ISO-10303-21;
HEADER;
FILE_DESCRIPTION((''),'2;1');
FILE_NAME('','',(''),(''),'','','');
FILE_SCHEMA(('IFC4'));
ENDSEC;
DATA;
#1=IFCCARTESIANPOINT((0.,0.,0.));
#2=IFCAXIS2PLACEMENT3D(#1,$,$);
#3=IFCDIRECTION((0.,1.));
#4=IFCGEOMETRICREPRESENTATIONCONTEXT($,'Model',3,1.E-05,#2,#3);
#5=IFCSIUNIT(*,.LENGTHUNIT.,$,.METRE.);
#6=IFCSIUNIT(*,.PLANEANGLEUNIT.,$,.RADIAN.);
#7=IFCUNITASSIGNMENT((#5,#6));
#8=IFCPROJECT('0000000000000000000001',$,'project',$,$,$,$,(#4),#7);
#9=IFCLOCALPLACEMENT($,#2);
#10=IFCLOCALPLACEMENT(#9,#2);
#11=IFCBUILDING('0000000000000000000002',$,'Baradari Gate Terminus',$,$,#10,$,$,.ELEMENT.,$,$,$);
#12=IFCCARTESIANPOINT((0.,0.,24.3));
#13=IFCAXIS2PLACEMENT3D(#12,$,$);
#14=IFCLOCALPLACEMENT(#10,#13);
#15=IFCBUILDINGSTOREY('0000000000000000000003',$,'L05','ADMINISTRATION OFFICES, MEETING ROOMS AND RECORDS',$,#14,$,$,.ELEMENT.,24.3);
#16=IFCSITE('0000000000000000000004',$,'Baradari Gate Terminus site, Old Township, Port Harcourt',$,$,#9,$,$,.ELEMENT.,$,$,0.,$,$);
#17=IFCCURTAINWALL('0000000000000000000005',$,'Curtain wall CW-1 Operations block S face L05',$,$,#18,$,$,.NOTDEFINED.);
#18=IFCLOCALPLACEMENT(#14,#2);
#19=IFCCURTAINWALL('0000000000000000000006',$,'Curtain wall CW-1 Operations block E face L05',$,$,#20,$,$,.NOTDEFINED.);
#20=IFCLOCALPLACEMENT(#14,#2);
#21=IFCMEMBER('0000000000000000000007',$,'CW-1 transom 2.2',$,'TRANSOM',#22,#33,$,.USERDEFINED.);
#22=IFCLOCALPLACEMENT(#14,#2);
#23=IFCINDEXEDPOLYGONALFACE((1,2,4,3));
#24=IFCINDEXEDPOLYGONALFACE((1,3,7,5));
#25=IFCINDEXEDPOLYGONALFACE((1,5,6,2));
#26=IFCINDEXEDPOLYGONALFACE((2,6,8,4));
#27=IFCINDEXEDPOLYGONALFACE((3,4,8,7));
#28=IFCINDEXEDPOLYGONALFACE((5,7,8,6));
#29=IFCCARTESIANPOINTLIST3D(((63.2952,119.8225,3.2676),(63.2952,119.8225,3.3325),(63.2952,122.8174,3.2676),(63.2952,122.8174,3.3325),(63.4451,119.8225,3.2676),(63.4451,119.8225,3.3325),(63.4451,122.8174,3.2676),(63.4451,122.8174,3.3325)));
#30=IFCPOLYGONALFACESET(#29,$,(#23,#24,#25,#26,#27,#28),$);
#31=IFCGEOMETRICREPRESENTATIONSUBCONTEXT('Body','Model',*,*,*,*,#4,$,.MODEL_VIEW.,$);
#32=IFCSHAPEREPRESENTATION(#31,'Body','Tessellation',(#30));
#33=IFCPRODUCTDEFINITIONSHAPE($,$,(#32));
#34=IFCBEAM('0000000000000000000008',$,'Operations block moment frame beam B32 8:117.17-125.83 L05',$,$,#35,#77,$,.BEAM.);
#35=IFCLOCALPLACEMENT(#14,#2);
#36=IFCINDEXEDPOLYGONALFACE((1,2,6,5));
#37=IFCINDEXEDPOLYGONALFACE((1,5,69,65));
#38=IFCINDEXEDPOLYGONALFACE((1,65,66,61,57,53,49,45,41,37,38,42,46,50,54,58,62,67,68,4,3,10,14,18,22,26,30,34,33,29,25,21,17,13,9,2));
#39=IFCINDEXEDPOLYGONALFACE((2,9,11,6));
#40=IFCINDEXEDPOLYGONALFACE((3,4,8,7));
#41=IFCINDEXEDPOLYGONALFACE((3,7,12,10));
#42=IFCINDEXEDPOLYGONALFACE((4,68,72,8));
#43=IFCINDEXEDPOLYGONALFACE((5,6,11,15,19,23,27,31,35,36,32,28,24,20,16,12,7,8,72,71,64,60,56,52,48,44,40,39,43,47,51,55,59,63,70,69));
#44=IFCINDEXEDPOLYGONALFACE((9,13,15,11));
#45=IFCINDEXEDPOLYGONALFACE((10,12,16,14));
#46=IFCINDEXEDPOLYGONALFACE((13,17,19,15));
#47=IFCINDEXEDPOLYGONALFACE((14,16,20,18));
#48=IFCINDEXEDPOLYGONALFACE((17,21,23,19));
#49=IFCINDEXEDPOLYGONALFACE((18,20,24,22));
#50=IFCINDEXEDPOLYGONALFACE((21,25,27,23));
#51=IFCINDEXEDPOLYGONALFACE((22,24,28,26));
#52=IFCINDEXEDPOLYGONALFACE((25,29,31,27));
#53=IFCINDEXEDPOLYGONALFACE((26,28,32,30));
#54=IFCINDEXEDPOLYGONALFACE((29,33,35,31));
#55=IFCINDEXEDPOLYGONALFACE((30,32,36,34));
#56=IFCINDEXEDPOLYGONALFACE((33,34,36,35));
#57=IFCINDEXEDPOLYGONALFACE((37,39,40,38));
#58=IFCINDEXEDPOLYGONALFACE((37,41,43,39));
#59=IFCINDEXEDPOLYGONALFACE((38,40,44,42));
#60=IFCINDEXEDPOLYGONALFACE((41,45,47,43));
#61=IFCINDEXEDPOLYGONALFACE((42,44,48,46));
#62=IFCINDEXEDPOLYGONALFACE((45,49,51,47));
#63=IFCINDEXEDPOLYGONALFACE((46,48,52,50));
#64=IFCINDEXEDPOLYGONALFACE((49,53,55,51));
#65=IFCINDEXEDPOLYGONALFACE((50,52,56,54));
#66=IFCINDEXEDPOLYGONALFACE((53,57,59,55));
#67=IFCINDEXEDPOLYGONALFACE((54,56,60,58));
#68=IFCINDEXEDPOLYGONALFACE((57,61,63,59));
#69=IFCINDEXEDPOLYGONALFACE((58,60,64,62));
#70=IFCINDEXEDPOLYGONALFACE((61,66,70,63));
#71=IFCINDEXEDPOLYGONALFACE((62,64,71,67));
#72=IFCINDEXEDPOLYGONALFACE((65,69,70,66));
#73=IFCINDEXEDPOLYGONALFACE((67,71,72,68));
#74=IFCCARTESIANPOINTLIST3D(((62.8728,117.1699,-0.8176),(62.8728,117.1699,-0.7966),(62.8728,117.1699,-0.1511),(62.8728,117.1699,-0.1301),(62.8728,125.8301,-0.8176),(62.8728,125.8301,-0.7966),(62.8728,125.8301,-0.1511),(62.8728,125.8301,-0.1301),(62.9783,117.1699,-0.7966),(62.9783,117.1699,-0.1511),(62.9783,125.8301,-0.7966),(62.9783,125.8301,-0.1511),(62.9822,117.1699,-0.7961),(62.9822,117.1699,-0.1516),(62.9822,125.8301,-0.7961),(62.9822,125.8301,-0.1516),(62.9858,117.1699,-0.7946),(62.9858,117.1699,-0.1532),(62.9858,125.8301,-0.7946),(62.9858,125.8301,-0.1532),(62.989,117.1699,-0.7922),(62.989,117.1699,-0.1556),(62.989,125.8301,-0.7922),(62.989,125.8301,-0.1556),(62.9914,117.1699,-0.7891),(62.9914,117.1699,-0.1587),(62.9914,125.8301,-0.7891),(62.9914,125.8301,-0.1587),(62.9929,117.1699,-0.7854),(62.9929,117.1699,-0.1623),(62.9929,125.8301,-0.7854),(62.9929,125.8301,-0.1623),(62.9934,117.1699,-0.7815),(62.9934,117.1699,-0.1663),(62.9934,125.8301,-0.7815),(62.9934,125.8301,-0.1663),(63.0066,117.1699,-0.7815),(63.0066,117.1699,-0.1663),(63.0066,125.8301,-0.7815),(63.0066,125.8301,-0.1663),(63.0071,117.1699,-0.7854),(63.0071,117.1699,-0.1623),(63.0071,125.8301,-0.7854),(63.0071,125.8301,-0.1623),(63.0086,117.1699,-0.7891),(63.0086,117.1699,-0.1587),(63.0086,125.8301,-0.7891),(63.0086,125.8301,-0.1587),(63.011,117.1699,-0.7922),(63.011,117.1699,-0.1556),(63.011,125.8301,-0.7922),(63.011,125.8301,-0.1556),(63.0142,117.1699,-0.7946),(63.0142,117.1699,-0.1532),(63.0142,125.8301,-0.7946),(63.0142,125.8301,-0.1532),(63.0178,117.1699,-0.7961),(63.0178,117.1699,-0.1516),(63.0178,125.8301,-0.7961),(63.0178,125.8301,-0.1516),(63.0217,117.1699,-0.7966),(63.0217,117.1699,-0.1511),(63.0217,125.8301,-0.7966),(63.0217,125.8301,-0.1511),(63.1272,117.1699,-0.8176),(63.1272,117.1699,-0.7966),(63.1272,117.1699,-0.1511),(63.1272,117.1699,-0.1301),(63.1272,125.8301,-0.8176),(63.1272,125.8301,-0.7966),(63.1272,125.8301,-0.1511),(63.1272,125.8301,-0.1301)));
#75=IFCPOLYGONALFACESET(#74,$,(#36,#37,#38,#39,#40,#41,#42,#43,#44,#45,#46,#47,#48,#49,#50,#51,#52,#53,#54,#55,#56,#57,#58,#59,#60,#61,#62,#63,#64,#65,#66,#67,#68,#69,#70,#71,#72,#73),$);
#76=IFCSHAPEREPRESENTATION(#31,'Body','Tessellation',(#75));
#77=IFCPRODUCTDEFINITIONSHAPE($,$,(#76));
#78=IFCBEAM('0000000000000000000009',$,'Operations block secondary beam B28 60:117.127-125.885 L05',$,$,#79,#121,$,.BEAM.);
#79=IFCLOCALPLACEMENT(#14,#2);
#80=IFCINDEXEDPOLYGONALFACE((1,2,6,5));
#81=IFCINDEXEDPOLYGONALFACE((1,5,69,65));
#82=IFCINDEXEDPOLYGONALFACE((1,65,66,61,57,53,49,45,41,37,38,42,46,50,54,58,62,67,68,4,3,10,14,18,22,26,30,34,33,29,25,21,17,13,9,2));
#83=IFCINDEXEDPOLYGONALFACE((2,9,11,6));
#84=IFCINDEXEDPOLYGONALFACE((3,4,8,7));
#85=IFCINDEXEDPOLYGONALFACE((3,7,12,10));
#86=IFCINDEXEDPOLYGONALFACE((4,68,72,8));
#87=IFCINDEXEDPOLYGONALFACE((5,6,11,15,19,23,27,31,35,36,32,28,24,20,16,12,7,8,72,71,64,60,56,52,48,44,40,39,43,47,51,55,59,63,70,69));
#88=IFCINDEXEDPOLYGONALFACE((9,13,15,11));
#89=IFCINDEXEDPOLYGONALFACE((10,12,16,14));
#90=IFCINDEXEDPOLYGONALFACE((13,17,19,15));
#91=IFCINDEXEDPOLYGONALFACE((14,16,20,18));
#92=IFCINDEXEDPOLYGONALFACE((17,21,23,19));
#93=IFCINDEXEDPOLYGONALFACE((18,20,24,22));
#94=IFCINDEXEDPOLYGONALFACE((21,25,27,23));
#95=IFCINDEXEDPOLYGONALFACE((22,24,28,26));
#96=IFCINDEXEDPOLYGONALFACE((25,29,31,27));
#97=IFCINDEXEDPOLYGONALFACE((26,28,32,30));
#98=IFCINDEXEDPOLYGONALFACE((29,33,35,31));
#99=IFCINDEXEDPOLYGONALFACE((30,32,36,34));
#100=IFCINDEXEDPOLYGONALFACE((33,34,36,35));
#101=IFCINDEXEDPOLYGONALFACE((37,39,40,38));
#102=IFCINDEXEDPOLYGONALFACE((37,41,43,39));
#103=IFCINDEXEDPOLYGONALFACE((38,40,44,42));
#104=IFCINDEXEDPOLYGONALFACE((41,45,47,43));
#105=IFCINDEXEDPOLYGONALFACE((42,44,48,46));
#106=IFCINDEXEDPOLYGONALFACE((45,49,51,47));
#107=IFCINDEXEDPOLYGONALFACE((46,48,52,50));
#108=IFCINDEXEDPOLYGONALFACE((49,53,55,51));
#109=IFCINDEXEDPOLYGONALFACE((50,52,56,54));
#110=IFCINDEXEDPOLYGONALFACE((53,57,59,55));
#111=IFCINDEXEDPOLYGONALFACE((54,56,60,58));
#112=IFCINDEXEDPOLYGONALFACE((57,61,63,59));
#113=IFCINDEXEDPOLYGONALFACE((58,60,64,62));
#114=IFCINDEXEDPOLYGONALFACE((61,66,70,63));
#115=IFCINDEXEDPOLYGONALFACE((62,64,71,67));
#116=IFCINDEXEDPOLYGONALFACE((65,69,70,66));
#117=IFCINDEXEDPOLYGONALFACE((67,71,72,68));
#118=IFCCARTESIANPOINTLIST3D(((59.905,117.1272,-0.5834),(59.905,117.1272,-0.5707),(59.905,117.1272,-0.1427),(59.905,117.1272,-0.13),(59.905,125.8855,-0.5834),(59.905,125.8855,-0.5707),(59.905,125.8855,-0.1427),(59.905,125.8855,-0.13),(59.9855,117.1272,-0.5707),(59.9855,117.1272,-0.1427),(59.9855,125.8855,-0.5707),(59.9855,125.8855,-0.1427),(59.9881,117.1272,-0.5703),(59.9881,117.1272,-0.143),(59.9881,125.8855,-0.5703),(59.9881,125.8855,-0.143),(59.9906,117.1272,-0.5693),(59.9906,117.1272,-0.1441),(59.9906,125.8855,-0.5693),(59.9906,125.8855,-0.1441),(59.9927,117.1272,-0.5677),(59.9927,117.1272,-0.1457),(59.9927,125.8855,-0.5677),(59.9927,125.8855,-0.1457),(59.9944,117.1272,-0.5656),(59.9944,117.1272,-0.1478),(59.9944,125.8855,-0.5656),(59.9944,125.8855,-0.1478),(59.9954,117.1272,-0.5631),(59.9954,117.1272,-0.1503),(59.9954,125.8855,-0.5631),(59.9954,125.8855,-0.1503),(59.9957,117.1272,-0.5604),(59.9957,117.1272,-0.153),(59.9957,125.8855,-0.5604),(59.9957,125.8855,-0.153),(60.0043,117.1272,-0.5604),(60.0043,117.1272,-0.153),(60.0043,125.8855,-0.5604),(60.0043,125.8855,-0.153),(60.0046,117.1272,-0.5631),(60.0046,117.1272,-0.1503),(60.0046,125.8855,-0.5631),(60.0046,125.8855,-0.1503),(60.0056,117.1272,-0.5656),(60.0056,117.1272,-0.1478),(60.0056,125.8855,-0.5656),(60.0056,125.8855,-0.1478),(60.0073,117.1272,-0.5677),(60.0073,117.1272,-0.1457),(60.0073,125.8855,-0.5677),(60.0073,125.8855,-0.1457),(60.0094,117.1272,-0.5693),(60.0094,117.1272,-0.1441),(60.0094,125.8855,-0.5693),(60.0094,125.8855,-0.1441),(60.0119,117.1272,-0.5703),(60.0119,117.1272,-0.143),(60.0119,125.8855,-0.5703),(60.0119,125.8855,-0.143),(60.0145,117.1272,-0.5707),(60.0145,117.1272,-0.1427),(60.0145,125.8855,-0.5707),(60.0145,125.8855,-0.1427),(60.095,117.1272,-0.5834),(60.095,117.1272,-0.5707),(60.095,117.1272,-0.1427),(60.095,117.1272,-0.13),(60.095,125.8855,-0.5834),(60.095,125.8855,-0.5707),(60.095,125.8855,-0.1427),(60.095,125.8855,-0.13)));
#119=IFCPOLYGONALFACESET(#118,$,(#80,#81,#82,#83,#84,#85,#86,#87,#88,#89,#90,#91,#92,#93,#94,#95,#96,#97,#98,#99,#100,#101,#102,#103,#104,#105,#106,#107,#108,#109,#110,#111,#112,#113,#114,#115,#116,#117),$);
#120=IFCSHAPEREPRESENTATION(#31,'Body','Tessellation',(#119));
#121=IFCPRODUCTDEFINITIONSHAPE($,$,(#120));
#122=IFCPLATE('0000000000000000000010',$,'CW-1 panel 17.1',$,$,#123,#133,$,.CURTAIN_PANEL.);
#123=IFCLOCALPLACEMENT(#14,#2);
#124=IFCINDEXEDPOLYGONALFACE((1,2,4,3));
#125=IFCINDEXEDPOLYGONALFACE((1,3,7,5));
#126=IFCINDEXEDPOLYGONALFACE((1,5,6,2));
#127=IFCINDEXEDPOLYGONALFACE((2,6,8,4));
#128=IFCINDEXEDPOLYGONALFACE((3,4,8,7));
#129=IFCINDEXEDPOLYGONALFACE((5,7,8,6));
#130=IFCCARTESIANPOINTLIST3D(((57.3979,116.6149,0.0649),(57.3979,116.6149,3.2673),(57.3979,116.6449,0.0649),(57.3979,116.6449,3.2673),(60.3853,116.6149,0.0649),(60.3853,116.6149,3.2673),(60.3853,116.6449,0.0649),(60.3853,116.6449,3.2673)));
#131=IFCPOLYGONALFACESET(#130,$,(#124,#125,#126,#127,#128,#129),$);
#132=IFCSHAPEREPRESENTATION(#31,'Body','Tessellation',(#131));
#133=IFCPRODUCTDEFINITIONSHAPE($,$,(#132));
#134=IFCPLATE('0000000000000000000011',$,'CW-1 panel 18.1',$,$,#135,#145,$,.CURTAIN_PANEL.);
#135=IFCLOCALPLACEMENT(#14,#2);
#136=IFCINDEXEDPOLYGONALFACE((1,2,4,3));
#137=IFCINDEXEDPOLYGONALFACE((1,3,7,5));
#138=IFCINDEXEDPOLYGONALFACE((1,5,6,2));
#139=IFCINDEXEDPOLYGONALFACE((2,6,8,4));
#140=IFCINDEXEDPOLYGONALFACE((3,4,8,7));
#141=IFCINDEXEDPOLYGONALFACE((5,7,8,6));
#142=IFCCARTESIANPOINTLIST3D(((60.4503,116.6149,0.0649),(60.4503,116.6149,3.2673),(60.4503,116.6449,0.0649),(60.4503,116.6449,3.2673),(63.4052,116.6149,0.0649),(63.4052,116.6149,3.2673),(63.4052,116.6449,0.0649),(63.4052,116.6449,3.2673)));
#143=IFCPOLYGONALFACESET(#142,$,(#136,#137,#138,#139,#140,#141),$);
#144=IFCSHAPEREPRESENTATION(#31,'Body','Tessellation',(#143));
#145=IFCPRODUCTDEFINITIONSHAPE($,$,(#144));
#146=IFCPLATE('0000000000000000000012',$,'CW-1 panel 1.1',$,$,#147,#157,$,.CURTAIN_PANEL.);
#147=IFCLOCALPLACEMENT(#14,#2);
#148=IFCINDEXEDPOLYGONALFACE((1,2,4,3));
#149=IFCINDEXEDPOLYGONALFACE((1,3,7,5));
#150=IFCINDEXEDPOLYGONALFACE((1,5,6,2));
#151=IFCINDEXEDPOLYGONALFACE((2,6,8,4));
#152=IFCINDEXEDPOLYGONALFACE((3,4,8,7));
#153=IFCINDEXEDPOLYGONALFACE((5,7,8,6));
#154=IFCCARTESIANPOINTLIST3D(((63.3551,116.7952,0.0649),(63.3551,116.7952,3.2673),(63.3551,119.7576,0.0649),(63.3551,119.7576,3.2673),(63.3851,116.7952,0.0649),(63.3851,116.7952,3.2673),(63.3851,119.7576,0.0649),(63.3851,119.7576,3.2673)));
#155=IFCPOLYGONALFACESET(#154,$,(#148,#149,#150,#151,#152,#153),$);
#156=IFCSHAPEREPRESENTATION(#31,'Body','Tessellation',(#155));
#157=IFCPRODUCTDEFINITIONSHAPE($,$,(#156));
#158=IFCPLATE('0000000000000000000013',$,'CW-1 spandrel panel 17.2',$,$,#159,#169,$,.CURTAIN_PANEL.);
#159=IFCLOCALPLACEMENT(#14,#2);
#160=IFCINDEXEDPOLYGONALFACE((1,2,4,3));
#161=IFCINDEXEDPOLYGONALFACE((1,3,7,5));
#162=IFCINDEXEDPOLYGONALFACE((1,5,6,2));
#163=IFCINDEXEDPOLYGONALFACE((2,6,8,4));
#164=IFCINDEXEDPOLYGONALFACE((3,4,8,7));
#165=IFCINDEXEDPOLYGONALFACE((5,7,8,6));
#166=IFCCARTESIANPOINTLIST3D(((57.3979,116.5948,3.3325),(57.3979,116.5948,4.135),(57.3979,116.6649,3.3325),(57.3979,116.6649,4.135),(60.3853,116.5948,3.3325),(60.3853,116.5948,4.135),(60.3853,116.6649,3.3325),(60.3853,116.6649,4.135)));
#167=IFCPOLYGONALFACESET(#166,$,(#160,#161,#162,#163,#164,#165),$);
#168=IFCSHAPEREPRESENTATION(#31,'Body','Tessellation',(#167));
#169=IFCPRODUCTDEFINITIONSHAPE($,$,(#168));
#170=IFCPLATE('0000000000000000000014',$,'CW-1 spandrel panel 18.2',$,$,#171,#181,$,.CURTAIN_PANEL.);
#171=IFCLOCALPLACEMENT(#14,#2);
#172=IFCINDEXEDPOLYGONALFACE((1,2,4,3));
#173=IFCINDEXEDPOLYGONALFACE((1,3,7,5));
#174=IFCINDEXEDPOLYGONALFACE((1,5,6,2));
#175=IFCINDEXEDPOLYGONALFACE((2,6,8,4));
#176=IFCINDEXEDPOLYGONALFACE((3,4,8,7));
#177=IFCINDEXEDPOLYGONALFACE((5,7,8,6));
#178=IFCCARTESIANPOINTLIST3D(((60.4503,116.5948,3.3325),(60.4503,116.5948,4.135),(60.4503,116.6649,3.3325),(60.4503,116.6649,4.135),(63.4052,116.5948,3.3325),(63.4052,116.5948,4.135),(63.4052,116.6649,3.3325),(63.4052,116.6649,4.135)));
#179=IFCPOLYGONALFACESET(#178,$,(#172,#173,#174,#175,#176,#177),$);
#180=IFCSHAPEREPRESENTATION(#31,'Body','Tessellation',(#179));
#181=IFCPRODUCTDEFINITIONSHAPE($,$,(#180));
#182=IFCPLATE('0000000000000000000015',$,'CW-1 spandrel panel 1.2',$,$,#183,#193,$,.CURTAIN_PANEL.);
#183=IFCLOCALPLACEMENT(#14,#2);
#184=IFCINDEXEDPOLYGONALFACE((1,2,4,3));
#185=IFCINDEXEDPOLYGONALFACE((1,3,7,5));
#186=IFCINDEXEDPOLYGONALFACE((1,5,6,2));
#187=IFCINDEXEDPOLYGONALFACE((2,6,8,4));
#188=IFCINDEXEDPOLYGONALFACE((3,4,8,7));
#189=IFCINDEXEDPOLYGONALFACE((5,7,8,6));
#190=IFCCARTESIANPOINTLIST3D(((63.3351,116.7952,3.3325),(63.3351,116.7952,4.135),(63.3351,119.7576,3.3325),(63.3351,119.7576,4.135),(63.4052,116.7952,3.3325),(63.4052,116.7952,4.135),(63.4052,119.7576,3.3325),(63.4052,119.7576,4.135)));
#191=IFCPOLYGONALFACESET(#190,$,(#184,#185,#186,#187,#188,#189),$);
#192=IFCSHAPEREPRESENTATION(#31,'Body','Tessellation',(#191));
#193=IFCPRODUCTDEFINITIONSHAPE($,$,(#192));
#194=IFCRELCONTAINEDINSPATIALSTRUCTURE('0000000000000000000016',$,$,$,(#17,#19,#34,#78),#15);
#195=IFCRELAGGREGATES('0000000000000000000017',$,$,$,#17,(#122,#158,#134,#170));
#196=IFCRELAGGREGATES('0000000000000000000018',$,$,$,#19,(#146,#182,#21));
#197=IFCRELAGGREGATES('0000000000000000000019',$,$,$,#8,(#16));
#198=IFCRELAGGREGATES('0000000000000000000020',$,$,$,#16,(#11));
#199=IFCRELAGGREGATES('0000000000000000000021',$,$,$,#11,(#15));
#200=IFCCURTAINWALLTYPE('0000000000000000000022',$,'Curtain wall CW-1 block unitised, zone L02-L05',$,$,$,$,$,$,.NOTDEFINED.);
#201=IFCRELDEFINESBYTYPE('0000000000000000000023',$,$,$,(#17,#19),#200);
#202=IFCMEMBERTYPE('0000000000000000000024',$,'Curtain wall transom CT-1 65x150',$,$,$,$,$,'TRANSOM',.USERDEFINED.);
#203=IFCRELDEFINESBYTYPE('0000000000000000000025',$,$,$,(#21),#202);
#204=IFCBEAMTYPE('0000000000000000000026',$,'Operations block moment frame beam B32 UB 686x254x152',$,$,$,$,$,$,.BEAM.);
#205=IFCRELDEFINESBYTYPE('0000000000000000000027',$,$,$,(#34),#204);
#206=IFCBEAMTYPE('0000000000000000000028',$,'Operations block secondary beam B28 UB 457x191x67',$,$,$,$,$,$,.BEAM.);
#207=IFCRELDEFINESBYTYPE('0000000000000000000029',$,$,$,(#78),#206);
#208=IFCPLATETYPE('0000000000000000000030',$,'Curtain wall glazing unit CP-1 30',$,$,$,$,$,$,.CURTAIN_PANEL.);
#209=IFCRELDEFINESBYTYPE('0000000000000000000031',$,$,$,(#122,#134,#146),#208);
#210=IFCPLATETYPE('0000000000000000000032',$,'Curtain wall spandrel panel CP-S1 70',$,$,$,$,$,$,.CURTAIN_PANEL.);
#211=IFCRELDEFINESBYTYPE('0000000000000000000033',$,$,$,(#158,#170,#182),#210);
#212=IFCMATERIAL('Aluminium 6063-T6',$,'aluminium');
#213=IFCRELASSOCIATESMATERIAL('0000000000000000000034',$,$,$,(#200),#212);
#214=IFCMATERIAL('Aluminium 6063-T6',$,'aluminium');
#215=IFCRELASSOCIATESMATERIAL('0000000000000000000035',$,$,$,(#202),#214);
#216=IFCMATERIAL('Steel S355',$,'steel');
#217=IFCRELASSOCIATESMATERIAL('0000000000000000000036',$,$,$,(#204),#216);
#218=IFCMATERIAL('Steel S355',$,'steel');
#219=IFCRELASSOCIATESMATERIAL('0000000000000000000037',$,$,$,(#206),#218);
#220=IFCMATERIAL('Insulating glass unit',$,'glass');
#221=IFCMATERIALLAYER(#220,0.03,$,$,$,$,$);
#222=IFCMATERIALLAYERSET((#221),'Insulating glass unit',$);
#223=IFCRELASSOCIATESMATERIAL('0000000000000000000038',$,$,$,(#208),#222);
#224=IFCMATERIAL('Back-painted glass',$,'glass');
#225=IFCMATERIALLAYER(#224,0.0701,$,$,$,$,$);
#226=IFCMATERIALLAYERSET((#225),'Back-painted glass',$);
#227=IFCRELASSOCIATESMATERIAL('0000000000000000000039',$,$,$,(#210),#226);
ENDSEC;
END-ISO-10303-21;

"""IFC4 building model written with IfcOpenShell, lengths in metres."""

from ifc_helpers import new_model, si_unit, direction, frame, origin, origin_2d, place, context, subcontext, project, spatial, rectangle, i_section, extrude, material, layer, layer_set, material_profile, profile_set, type_object, element, aggregate, save


model = new_model("IFC4")

# Units and contexts
model_context = context("Model", 3, precision=1e-05, world=origin(), true_north=direction((0.0, 1.0)))
body_context = subcontext(model_context, "Body", "Model", "MODEL_VIEW")
ifc_project = project(units=[si_unit("LENGTHUNIT", "METRE"), si_unit("PLANEANGLEUNIT", "RADIAN")], contexts=[model_context])

# Site, building, storey
site_placement = place(None, origin())
site = spatial("IfcSite", under=ifc_project, at=site_placement, Name="Baradari Gate Terminus site, Old Township, Port Harcourt", CompositionType="ELEMENT", RefElevation=0.0)
building_placement = place(site_placement, origin())
building = spatial("IfcBuilding", under=site, at=building_placement, Name="Baradari Gate Terminus", CompositionType="ELEMENT")
storey_placement = place(building_placement, frame((0.0, 0.0, 24.3)))
storey = spatial("IfcBuildingStorey", under=building, at=storey_placement, Name="L05", Description="ADMINISTRATION OFFICES, MEETING ROOMS AND RECORDS", CompositionType="ELEMENT", Elevation=24.3)

# Curtain walls
ifc_material_1 = material(Name="Aluminium 6063-T6", Category="aluminium")
curtain_wall_type = type_object("IfcCurtainWallType", Name="Curtain wall CW-1 block unitised, zone L02-L05", PredefinedType="NOTDEFINED", material=ifc_material_1)
curtain_wall_1_placement = place(storey_placement, origin())
curtain_wall_1 = element("IfcCurtainWall", 1, at=curtain_wall_1_placement, inside=storey, type_object=curtain_wall_type, Name="Curtain wall CW-1 Operations block S face L05", PredefinedType="NOTDEFINED")
curtain_wall_2_placement = place(storey_placement, origin())
curtain_wall_2 = element("IfcCurtainWall", 2, at=curtain_wall_2_placement, inside=storey, type_object=curtain_wall_type, Name="Curtain wall CW-1 Operations block E face L05", PredefinedType="NOTDEFINED")

# Member
ifc_material_2 = material(Name="Aluminium 6063-T6", Category="aluminium")
ifc_material_profile_1 = material_profile(ifc_material_2, rectangle(XDim=0.1499, YDim=0.0649, at=origin_2d()), Name="CT-1 65X150")
ifc_profile_set_1 = profile_set([ifc_material_profile_1], Name="Aluminium 6063-T6")
member_type_1 = type_object("IfcMemberType", Name="Curtain wall transom CT-1 65x150", ElementType="TRANSOM", PredefinedType="USERDEFINED", material=ifc_profile_set_1)
member_1_placement = place(storey_placement, frame((63.3701, 119.8225, 3.3), z_axis=(0.0, 1.0, 0.0), x_axis=(-1.0, 0.0, 0.0)))
member_1 = element("IfcMember", 3, at=member_1_placement, type_object=member_type_1, Name="CW-1 transom 2.2", ObjectType="TRANSOM", PredefinedType="USERDEFINED", context=body_context, shape_type="SweptSolid", body=[
    extrude(rectangle(XDim=0.1499, YDim=0.0649, at=origin_2d()), origin(), (0.0, 0.0, 1.0), 2.9949),
])

# Beams
ifc_material_3 = material(Name="Steel S355", Category="steel")
ifc_material_profile_2 = material_profile(ifc_material_3, i_section(OverallWidth=0.2544, OverallDepth=0.6875, WebThickness=0.0132, FlangeThickness=0.021, FilletRadius=0.0151, at=origin_2d()), Name="UB 686x254x152")
ifc_profile_set_2 = profile_set([ifc_material_profile_2], Name="Steel S355")
beam_type_1 = type_object("IfcBeamType", Name="Operations block moment frame beam B32 UB 686x254x152", PredefinedType="BEAM", material=ifc_profile_set_2)
beam_1_placement = place(storey_placement, frame((63.0, 117.1699, -0.4739), z_axis=(0.0, 1.0, 0.0), x_axis=(-1.0, 0.0, 0.0)))
element("IfcBeam", 4, at=beam_1_placement, inside=storey, type_object=beam_type_1, Name="Operations block moment frame beam B32 8:117.17-125.83 L05", PredefinedType="BEAM", context=body_context, shape_type="SweptSolid", body=[
    extrude(i_section(OverallWidth=0.2544, OverallDepth=0.6875, WebThickness=0.0132, FlangeThickness=0.021, FilletRadius=0.0151, at=origin_2d()), origin(), (0.0, 0.0, 1.0), 8.6602),
])
ifc_material_4 = material(Name="Steel S355", Category="steel")
ifc_material_profile_3 = material_profile(ifc_material_4, i_section(OverallWidth=0.1899, OverallDepth=0.4534, WebThickness=0.0085, FlangeThickness=0.0127, FilletRadius=0.0103, at=origin_2d()), Name="UB 457x191x67")
ifc_profile_set_3 = profile_set([ifc_material_profile_3], Name="Steel S355")
beam_type_2 = type_object("IfcBeamType", Name="Operations block secondary beam B28 UB 457x191x67", PredefinedType="BEAM", material=ifc_profile_set_3)
beam_2_placement = place(storey_placement, frame((60.0, 117.1272, -0.3567), z_axis=(0.0, 1.0, 0.0), x_axis=(-1.0, 0.0, 0.0)))
element("IfcBeam", 5, at=beam_2_placement, inside=storey, type_object=beam_type_2, Name="Operations block secondary beam B28 60:117.127-125.885 L05", PredefinedType="BEAM", context=body_context, shape_type="SweptSolid", body=[
    extrude(i_section(OverallWidth=0.1899, OverallDepth=0.4534, WebThickness=0.0085, FlangeThickness=0.0127, FilletRadius=0.0103, at=origin_2d()), origin(), (0.0, 0.0, 1.0), 8.7583),
])

# Plates
ifc_material_5 = material(Name="Insulating glass unit", Category="glass")
ifc_layer_1 = layer(ifc_material_5, 0.03)
ifc_layer_set_1 = layer_set([ifc_layer_1], Name="Insulating glass unit")
plate_type_1 = type_object("IfcPlateType", Name="Curtain wall glazing unit CP-1 30", PredefinedType="CURTAIN_PANEL", material=ifc_layer_set_1)
plate_1_placement = place(storey_placement, frame((58.8916, 116.6299, 0.0649), z_axis=(0.0, 0.0, 1.0), x_axis=(1.0, 0.0, 0.0)))
plate_1 = element("IfcPlate", 6, at=plate_1_placement, type_object=plate_type_1, Name="CW-1 panel 17.1", PredefinedType="CURTAIN_PANEL", context=body_context, shape_type="SweptSolid", body=[
    extrude(rectangle(XDim=2.9873, YDim=0.03, at=origin_2d()), origin(), (0.0, 0.0, 1.0), 3.2024),
])
plate_2_placement = place(storey_placement, frame((61.9277, 116.6299, 0.0649), z_axis=(0.0, 0.0, 1.0), x_axis=(1.0, 0.0, 0.0)))
plate_2 = element("IfcPlate", 7, at=plate_2_placement, type_object=plate_type_1, Name="CW-1 panel 18.1", PredefinedType="CURTAIN_PANEL", context=body_context, shape_type="SweptSolid", body=[
    extrude(rectangle(XDim=2.9548, YDim=0.03, at=origin_2d()), origin(), (0.0, 0.0, 1.0), 3.2024),
])
plate_3_placement = place(storey_placement, frame((63.3701, 118.2764, 0.0649), z_axis=(0.0, 0.0, 1.0), x_axis=(0.0, 1.0, 0.0)))
plate_3 = element("IfcPlate", 8, at=plate_3_placement, type_object=plate_type_1, Name="CW-1 panel 1.1", PredefinedType="CURTAIN_PANEL", context=body_context, shape_type="SweptSolid", body=[
    extrude(rectangle(XDim=2.9624, YDim=0.03, at=origin_2d()), origin(), (0.0, 0.0, 1.0), 3.2024),
])
ifc_material_6 = material(Name="Back-painted glass", Category="glass")
ifc_layer_2 = layer(ifc_material_6, 0.0701)
ifc_layer_set_2 = layer_set([ifc_layer_2], Name="Back-painted glass")
plate_type_2 = type_object("IfcPlateType", Name="Curtain wall spandrel panel CP-S1 70", PredefinedType="CURTAIN_PANEL", material=ifc_layer_set_2)
plate_4_placement = place(storey_placement, frame((58.8916, 116.6299, 3.3325), z_axis=(0.0, 0.0, 1.0), x_axis=(1.0, 0.0, 0.0)))
plate_4 = element("IfcPlate", 9, at=plate_4_placement, type_object=plate_type_2, Name="CW-1 spandrel panel 17.2", PredefinedType="CURTAIN_PANEL", context=body_context, shape_type="SweptSolid", body=[
    extrude(rectangle(XDim=2.9873, YDim=0.0701, at=origin_2d()), origin(), (0.0, 0.0, 1.0), 0.8025),
])
plate_5_placement = place(storey_placement, frame((61.9277, 116.6299, 3.3325), z_axis=(0.0, 0.0, 1.0), x_axis=(1.0, 0.0, 0.0)))
plate_5 = element("IfcPlate", 10, at=plate_5_placement, type_object=plate_type_2, Name="CW-1 spandrel panel 18.2", PredefinedType="CURTAIN_PANEL", context=body_context, shape_type="SweptSolid", body=[
    extrude(rectangle(XDim=2.9548, YDim=0.0701, at=origin_2d()), origin(), (0.0, 0.0, 1.0), 0.8025),
])
aggregate(curtain_wall_1, [plate_1, plate_4, plate_2, plate_5])
plate_6_placement = place(storey_placement, frame((63.3701, 118.2764, 3.3325), z_axis=(0.0, 0.0, 1.0), x_axis=(0.0, 1.0, 0.0)))
plate_6 = element("IfcPlate", 11, at=plate_6_placement, type_object=plate_type_2, Name="CW-1 spandrel panel 1.2", PredefinedType="CURTAIN_PANEL", context=body_context, shape_type="SweptSolid", body=[
    extrude(rectangle(XDim=2.9624, YDim=0.0701, at=origin_2d()), origin(), (0.0, 0.0, 1.0), 0.8025),
])
aggregate(curtain_wall_2, [plate_3, plate_6, member_1])

save(model, "model.ifc")
